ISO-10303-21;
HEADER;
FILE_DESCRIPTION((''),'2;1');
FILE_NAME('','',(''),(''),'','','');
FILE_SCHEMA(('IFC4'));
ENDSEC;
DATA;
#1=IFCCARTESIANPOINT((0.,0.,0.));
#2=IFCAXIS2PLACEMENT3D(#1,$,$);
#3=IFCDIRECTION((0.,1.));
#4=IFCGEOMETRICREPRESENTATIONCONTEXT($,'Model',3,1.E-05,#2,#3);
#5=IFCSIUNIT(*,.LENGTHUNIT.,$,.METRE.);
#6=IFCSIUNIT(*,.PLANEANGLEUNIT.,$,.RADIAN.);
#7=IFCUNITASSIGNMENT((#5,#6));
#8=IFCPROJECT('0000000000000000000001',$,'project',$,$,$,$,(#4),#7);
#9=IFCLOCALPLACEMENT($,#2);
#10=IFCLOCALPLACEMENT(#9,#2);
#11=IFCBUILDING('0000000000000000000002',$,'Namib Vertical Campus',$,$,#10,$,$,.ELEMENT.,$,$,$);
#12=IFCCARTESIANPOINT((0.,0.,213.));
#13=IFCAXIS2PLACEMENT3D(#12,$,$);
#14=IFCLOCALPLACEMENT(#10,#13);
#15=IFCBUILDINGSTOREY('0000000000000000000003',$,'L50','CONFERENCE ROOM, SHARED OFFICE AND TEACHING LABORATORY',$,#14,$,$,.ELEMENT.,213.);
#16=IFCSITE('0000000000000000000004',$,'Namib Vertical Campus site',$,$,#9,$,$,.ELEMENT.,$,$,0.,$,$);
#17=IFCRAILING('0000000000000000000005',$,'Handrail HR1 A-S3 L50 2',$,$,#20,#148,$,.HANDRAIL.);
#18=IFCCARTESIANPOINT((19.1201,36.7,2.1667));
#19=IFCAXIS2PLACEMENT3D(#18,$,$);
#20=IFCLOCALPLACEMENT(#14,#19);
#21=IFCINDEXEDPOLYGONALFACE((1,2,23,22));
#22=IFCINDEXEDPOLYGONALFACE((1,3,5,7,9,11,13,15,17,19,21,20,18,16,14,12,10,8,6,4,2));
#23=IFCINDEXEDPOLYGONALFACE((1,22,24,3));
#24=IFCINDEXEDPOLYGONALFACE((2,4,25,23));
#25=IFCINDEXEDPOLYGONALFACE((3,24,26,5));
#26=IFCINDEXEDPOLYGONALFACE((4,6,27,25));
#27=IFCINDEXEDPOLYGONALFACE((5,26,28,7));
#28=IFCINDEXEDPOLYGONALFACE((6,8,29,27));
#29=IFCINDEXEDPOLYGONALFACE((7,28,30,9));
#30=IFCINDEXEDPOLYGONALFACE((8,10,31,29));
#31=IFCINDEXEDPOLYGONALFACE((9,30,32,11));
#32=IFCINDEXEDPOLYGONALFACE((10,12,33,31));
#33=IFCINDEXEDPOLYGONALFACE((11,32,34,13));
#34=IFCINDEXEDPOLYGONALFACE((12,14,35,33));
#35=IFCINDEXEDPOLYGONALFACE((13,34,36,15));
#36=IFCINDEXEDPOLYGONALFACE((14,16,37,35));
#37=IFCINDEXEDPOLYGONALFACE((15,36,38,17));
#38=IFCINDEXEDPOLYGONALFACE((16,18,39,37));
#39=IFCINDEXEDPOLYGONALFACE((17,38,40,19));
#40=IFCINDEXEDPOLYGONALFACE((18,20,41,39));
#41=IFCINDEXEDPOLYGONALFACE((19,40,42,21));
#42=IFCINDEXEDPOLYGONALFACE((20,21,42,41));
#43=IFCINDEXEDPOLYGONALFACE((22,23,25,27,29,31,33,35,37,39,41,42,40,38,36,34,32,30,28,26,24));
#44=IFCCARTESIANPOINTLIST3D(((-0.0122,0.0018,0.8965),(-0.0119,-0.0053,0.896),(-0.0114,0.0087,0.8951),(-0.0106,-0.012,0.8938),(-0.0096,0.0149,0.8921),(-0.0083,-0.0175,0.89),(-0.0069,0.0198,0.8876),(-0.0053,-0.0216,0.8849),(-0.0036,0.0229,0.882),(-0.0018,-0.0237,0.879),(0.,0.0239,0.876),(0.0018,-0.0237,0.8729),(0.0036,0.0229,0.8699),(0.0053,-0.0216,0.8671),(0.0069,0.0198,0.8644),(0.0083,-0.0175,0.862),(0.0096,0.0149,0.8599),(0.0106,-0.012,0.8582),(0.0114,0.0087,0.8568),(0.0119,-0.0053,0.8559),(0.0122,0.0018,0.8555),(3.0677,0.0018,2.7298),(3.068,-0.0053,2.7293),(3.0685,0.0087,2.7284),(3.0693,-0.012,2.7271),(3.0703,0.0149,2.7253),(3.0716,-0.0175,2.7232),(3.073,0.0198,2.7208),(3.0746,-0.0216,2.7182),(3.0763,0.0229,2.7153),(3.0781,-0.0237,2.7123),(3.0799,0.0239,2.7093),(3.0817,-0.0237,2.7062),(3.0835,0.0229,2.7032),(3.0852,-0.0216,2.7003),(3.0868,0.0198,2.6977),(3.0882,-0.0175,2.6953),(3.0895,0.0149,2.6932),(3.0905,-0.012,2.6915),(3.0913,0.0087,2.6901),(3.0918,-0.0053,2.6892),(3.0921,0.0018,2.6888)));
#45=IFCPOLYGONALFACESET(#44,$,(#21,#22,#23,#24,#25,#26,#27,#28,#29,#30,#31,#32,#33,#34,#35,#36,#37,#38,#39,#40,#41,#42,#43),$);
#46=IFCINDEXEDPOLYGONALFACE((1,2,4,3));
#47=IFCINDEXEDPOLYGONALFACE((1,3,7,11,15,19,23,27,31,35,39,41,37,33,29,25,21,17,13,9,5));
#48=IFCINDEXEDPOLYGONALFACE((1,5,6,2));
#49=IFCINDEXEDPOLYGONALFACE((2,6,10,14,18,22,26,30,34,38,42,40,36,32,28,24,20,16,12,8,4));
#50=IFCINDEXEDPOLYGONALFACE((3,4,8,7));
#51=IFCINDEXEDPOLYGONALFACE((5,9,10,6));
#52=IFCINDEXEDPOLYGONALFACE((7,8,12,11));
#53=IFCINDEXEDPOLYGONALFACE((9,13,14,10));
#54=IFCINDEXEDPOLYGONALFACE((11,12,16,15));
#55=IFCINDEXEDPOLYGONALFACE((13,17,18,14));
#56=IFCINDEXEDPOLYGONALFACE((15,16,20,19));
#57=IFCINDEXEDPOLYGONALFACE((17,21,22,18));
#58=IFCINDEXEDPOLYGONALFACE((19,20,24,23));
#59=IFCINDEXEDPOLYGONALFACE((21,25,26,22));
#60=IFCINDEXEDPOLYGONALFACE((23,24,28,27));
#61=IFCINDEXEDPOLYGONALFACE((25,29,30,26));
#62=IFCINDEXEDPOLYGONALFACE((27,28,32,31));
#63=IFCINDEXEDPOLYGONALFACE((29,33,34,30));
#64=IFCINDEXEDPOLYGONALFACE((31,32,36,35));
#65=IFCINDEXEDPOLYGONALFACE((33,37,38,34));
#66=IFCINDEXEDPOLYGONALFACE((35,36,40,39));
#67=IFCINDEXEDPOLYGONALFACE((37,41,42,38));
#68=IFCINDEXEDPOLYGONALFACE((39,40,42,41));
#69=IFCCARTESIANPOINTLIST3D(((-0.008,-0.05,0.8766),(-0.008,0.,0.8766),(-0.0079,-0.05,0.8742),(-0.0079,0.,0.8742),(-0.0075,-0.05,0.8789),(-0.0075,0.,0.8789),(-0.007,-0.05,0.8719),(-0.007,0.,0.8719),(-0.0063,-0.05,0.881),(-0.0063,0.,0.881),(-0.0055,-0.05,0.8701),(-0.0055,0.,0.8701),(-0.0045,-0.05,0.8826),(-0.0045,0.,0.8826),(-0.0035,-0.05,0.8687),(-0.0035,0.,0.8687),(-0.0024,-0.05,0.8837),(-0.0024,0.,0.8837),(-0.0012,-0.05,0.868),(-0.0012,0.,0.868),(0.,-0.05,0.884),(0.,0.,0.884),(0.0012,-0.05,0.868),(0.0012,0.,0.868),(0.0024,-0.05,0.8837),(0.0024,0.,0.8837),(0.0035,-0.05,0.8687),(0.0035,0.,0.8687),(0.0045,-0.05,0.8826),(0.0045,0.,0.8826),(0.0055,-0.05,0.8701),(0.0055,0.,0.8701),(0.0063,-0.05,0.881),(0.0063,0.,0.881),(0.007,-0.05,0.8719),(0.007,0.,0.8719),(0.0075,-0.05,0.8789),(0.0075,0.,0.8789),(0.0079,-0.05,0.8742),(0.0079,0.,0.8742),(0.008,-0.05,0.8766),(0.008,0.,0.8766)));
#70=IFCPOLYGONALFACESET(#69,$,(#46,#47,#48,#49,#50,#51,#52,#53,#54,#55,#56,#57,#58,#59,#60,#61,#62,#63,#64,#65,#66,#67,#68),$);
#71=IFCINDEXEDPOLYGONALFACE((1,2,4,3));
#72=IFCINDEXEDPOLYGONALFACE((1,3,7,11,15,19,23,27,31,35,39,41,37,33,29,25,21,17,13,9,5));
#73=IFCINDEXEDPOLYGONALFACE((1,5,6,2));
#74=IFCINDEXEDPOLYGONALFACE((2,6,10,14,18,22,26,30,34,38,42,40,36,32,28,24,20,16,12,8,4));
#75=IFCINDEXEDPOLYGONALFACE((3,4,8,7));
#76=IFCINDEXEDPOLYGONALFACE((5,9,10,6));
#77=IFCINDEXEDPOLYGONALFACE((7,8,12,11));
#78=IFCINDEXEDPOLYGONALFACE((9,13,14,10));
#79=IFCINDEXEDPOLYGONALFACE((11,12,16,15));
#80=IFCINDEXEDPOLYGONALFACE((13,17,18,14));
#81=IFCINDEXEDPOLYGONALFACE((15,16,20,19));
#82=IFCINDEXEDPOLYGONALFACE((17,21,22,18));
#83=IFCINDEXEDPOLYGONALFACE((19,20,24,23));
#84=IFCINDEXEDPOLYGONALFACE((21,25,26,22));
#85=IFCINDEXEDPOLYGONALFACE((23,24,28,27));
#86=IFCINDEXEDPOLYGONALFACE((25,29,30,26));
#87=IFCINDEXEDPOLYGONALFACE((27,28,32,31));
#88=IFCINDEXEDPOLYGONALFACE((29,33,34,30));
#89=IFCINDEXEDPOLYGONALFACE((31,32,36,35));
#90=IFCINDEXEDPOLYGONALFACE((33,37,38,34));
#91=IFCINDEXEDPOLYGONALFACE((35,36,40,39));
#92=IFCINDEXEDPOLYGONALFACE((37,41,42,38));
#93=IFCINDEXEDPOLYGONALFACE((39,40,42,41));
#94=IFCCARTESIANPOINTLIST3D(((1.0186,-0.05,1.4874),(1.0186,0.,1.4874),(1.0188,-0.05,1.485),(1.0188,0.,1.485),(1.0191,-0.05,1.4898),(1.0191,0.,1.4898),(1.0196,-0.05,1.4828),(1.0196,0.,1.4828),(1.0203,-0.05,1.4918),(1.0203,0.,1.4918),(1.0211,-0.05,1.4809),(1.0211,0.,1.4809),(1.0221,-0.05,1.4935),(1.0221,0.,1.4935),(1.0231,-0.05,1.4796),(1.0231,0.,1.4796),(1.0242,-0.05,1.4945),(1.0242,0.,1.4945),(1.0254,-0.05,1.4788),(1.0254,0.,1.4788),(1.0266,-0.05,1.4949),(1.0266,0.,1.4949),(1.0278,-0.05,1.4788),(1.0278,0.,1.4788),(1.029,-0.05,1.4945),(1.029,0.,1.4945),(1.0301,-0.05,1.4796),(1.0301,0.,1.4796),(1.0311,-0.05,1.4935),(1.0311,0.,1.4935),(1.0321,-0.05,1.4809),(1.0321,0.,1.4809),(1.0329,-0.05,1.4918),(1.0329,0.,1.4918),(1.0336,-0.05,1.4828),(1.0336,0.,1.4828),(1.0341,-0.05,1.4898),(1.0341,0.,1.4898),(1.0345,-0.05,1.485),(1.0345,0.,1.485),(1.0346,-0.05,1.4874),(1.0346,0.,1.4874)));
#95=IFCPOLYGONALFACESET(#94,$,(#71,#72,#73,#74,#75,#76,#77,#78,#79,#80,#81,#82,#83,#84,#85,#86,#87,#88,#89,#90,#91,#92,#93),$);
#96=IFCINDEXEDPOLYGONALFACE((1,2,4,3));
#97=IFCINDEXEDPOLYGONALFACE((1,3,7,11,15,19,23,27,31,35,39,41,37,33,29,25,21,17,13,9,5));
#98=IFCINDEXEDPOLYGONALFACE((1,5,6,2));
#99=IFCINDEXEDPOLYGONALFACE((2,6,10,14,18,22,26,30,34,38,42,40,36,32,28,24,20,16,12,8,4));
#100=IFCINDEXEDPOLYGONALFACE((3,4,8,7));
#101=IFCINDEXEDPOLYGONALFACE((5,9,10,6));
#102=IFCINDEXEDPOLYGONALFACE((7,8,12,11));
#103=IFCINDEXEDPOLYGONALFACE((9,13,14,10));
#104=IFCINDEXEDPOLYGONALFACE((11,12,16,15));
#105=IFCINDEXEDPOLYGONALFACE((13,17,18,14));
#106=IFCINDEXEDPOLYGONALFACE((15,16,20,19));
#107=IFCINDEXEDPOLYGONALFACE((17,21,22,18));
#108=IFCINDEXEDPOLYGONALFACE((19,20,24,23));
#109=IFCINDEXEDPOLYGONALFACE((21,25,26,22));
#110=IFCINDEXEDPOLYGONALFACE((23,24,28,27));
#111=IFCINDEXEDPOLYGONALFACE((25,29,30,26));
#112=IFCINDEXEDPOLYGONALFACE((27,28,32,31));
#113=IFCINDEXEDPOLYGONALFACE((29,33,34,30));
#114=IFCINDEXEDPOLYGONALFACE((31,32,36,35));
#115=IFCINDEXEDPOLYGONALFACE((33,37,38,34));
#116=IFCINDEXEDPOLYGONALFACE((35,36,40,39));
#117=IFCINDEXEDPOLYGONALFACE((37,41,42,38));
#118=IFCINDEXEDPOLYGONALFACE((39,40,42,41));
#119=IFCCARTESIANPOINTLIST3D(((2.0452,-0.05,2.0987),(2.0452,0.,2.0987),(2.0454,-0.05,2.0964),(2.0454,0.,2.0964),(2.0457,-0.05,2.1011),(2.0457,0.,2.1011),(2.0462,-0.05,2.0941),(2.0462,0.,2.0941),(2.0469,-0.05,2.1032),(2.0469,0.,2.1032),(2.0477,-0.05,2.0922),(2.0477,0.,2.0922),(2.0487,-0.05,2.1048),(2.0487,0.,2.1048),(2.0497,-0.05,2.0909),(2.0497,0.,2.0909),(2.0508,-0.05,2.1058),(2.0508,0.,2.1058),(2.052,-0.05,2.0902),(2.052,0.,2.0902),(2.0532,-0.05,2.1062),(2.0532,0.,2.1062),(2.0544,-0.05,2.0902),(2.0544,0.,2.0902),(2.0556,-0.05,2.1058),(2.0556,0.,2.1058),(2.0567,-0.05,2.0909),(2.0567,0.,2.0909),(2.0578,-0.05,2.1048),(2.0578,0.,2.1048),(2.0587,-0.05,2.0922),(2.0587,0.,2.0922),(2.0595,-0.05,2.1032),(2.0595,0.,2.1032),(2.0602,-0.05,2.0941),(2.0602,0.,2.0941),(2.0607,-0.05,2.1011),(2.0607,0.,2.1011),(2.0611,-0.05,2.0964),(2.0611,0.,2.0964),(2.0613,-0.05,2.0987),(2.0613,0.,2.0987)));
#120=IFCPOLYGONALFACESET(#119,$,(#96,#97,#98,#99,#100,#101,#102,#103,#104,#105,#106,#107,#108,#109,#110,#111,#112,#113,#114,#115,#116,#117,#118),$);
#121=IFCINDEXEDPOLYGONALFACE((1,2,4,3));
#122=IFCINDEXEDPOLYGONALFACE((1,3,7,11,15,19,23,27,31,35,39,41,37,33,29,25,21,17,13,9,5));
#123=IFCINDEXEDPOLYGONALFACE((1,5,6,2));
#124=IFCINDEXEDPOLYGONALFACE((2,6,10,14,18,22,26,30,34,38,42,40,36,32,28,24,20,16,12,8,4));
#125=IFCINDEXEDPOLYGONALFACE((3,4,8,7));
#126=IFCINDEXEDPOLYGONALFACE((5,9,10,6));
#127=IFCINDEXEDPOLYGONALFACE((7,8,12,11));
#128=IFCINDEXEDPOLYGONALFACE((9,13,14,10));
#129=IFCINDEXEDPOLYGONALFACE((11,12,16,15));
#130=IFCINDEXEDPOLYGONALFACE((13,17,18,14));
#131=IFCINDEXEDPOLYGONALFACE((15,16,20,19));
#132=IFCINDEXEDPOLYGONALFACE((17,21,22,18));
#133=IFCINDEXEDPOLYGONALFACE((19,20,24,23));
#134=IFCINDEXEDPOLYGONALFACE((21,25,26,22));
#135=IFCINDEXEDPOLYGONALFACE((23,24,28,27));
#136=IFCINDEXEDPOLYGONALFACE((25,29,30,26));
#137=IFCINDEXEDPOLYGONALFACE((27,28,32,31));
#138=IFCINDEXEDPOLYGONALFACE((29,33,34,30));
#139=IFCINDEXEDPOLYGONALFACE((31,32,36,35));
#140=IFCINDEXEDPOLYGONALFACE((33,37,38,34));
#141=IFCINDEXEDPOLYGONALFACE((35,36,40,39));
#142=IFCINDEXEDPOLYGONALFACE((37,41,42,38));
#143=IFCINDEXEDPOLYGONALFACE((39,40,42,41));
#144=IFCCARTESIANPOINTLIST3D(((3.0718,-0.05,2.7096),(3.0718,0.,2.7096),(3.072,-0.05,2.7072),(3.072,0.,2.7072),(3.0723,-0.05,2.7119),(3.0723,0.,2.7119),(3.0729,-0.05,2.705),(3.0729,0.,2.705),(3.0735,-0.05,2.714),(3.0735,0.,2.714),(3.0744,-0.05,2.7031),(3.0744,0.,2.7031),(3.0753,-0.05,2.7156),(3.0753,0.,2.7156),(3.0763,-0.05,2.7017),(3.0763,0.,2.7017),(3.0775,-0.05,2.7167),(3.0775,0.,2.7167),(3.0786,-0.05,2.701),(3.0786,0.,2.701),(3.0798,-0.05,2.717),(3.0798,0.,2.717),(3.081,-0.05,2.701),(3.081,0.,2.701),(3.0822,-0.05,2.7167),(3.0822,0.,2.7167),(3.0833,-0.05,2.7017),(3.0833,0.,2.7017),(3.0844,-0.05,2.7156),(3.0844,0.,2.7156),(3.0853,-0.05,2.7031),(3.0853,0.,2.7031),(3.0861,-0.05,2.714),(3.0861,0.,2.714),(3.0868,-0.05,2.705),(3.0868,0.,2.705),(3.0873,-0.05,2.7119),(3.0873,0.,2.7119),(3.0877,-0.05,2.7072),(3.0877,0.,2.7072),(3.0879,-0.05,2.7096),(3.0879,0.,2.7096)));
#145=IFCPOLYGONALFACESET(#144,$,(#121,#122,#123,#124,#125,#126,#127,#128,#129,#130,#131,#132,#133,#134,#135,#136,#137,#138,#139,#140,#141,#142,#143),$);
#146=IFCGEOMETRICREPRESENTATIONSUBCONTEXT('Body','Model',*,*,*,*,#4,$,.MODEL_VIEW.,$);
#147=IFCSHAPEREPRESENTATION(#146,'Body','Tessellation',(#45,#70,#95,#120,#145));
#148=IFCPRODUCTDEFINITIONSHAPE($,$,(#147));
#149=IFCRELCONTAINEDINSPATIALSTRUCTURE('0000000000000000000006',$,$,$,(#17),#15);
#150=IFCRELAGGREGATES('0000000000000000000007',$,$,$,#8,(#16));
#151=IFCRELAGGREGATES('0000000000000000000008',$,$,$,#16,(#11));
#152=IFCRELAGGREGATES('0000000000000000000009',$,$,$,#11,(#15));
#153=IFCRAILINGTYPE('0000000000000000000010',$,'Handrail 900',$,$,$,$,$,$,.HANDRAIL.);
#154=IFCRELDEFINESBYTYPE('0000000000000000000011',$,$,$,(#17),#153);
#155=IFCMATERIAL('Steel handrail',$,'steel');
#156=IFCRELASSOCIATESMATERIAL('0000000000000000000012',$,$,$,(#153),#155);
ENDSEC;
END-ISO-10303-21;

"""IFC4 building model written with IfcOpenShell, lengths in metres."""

from ifc_helpers import new_model, si_unit, direction, frame, origin, origin_2d, place, context, subcontext, project, spatial, circle, extrude, material, type_object, element, save


model = new_model("IFC4")

# Units and contexts
model_context = context("Model", 3, precision=1e-05, world=origin(), true_north=direction((0.0, 1.0)))
body_context = subcontext(model_context, "Body", "Model", "MODEL_VIEW")
ifc_project = project(units=[si_unit("LENGTHUNIT", "METRE"), si_unit("PLANEANGLEUNIT", "RADIAN")], contexts=[model_context])

# Site, building, storey
site_placement = place(None, origin())
site = spatial("IfcSite", under=ifc_project, at=site_placement, Name="Namib Vertical Campus site", CompositionType="ELEMENT", RefElevation=0.0)
building_placement = place(site_placement, origin())
building = spatial("IfcBuilding", under=site, at=building_placement, Name="Namib Vertical Campus", CompositionType="ELEMENT")
storey_placement = place(building_placement, frame((0.0, 0.0, 213.0)))
storey = spatial("IfcBuildingStorey", under=building, at=storey_placement, Name="L50", Description="CONFERENCE ROOM, SHARED OFFICE AND TEACHING LABORATORY", CompositionType="ELEMENT", Elevation=213.0)

# Railing
ifc_material_1 = material(Name="Steel handrail", Category="steel")
railing_type_1 = type_object("IfcRailingType", Name="Handrail 900", PredefinedType="HANDRAIL", material=ifc_material_1)
railing_1_placement = place(storey_placement, frame((19.1201, 36.7, 2.1667)))
element("IfcRailing", 1, at=railing_1_placement, inside=storey, type_object=railing_type_1, Name="Handrail HR1 A-S3 L50 2", PredefinedType="HANDRAIL", context=body_context, shape_type="SweptSolid", body=[
    extrude(circle(Radius=0.0239, at=origin_2d()), frame((0.0, 0.0, 0.876), z_axis=(0.859291, 0.0, 0.511487), x_axis=(0.0, 1.0, 0.0)), (0.0, 0.0, 1.0), 3.5842),
    extrude(circle(Radius=0.0081, at=origin_2d()), frame((0.0, 0.0, 0.876), z_axis=(0.0, -1.0, 0.0), x_axis=(0.0, 0.0, 1.0)), (0.0, 0.0, 1.0), 0.05),
    extrude(circle(Radius=0.0081, at=origin_2d()), frame((1.0266, 0.0, 1.4868), z_axis=(0.0, -1.0, 0.0), x_axis=(0.0, 0.0, 1.0)), (0.0, 0.0, 1.0), 0.05),
    extrude(circle(Radius=0.0081, at=origin_2d()), frame((2.0532, 0.0, 2.0981), z_axis=(0.0, -1.0, 0.0), x_axis=(0.0, 0.0, 1.0)), (0.0, 0.0, 1.0), 0.05),
    extrude(circle(Radius=0.0081, at=origin_2d()), frame((3.0798, 0.0, 2.709), z_axis=(0.0, -1.0, 0.0), x_axis=(0.0, 0.0, 1.0)), (0.0, 0.0, 1.0), 0.05),
])

save(model, "model.ifc")
